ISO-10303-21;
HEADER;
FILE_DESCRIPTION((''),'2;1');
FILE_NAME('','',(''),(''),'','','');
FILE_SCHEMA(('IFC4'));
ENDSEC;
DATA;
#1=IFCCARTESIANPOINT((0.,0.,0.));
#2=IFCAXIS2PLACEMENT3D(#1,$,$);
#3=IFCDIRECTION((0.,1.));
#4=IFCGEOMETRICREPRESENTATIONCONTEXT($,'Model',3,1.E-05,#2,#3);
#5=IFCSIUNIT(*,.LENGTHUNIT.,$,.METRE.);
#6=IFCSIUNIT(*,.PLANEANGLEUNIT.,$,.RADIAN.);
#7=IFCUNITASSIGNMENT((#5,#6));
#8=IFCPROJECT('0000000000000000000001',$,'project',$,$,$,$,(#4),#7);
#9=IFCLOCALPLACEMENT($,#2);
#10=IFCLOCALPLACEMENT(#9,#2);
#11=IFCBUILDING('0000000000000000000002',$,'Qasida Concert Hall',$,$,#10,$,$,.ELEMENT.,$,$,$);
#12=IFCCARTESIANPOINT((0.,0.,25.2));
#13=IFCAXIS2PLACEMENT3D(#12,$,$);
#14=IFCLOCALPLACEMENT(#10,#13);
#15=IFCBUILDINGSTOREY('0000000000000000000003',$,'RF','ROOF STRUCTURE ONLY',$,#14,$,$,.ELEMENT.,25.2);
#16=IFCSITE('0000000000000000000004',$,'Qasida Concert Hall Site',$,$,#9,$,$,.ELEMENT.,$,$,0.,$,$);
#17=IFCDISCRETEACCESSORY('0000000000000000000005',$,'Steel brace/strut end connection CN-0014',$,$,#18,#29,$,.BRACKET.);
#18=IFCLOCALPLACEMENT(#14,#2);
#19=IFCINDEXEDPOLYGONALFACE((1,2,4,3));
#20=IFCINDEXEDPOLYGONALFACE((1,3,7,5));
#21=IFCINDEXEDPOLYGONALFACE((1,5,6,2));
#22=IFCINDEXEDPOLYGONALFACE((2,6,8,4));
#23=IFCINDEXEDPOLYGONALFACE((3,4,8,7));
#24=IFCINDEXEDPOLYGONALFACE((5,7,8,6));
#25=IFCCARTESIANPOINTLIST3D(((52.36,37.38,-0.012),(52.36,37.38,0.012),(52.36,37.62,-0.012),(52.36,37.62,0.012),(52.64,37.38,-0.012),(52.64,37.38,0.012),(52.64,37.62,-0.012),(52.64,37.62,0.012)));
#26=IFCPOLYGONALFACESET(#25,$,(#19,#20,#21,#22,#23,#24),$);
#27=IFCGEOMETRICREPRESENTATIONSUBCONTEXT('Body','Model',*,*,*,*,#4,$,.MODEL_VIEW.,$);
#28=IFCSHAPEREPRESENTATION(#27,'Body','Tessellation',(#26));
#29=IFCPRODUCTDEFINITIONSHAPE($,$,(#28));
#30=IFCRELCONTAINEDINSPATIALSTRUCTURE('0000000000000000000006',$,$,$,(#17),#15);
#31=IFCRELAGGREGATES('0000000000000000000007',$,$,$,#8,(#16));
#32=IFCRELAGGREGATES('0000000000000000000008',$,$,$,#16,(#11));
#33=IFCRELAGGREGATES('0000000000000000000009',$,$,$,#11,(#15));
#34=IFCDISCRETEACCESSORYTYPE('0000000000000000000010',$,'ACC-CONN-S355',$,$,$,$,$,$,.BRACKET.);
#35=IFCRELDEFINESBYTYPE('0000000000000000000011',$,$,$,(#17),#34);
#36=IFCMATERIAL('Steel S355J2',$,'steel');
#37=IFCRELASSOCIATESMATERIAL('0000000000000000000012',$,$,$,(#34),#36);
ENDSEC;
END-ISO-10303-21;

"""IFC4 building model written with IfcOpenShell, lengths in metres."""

from ifc_helpers import new_model, si_unit, direction, frame, origin, origin_2d, place, context, subcontext, project, spatial, rectangle, extrude, material, type_object, element, save


model = new_model("IFC4")

# Units and contexts
model_context = context("Model", 3, precision=1e-05, world=origin(), true_north=direction((0.0, 1.0)))
body_context = subcontext(model_context, "Body", "Model", "MODEL_VIEW")
ifc_project = project(units=[si_unit("LENGTHUNIT", "METRE"), si_unit("PLANEANGLEUNIT", "RADIAN")], contexts=[model_context])

# Site, building, storey
site_placement = place(None, origin())
site = spatial("IfcSite", under=ifc_project, at=site_placement, Name="Qasida Concert Hall Site", CompositionType="ELEMENT", RefElevation=0.0)
building_placement = place(site_placement, origin())
building = spatial("IfcBuilding", under=site, at=building_placement, Name="Qasida Concert Hall", CompositionType="ELEMENT")
storey_placement = place(building_placement, frame((0.0, 0.0, 25.2)))
storey = spatial("IfcBuildingStorey", under=building, at=storey_placement, Name="RF", Description="ROOF STRUCTURE ONLY", CompositionType="ELEMENT", Elevation=25.2)

# Shared definitions
ifc_material_1 = material(Name="Steel S355J2", Category="steel")

# Discrete accessory
discrete_accessory_type = type_object("IfcDiscreteAccessoryType", Name="ACC-CONN-S355", PredefinedType="BRACKET", material=ifc_material_1)
for number, where, z_axis, x_axis, name in (
    (1, (52.5, 37.5, -0.012), (0.0, 0.0, 1.0), (1.0, 0.0, 0.0), "Steel brace/strut end connection CN-0014"),
):
    element("IfcDiscreteAccessory", number, at=place(storey_placement, frame(where, z_axis=z_axis, x_axis=x_axis)), inside=storey, type_object=discrete_accessory_type, Name=name, PredefinedType="BRACKET", context=body_context, shape_type="SweptSolid", body=[
        extrude(rectangle(XDim=0.28, YDim=0.24, at=origin_2d()), origin(), (0.0, 0.0, 1.0), 0.0239),
    ])

save(model, "model.ifc")
